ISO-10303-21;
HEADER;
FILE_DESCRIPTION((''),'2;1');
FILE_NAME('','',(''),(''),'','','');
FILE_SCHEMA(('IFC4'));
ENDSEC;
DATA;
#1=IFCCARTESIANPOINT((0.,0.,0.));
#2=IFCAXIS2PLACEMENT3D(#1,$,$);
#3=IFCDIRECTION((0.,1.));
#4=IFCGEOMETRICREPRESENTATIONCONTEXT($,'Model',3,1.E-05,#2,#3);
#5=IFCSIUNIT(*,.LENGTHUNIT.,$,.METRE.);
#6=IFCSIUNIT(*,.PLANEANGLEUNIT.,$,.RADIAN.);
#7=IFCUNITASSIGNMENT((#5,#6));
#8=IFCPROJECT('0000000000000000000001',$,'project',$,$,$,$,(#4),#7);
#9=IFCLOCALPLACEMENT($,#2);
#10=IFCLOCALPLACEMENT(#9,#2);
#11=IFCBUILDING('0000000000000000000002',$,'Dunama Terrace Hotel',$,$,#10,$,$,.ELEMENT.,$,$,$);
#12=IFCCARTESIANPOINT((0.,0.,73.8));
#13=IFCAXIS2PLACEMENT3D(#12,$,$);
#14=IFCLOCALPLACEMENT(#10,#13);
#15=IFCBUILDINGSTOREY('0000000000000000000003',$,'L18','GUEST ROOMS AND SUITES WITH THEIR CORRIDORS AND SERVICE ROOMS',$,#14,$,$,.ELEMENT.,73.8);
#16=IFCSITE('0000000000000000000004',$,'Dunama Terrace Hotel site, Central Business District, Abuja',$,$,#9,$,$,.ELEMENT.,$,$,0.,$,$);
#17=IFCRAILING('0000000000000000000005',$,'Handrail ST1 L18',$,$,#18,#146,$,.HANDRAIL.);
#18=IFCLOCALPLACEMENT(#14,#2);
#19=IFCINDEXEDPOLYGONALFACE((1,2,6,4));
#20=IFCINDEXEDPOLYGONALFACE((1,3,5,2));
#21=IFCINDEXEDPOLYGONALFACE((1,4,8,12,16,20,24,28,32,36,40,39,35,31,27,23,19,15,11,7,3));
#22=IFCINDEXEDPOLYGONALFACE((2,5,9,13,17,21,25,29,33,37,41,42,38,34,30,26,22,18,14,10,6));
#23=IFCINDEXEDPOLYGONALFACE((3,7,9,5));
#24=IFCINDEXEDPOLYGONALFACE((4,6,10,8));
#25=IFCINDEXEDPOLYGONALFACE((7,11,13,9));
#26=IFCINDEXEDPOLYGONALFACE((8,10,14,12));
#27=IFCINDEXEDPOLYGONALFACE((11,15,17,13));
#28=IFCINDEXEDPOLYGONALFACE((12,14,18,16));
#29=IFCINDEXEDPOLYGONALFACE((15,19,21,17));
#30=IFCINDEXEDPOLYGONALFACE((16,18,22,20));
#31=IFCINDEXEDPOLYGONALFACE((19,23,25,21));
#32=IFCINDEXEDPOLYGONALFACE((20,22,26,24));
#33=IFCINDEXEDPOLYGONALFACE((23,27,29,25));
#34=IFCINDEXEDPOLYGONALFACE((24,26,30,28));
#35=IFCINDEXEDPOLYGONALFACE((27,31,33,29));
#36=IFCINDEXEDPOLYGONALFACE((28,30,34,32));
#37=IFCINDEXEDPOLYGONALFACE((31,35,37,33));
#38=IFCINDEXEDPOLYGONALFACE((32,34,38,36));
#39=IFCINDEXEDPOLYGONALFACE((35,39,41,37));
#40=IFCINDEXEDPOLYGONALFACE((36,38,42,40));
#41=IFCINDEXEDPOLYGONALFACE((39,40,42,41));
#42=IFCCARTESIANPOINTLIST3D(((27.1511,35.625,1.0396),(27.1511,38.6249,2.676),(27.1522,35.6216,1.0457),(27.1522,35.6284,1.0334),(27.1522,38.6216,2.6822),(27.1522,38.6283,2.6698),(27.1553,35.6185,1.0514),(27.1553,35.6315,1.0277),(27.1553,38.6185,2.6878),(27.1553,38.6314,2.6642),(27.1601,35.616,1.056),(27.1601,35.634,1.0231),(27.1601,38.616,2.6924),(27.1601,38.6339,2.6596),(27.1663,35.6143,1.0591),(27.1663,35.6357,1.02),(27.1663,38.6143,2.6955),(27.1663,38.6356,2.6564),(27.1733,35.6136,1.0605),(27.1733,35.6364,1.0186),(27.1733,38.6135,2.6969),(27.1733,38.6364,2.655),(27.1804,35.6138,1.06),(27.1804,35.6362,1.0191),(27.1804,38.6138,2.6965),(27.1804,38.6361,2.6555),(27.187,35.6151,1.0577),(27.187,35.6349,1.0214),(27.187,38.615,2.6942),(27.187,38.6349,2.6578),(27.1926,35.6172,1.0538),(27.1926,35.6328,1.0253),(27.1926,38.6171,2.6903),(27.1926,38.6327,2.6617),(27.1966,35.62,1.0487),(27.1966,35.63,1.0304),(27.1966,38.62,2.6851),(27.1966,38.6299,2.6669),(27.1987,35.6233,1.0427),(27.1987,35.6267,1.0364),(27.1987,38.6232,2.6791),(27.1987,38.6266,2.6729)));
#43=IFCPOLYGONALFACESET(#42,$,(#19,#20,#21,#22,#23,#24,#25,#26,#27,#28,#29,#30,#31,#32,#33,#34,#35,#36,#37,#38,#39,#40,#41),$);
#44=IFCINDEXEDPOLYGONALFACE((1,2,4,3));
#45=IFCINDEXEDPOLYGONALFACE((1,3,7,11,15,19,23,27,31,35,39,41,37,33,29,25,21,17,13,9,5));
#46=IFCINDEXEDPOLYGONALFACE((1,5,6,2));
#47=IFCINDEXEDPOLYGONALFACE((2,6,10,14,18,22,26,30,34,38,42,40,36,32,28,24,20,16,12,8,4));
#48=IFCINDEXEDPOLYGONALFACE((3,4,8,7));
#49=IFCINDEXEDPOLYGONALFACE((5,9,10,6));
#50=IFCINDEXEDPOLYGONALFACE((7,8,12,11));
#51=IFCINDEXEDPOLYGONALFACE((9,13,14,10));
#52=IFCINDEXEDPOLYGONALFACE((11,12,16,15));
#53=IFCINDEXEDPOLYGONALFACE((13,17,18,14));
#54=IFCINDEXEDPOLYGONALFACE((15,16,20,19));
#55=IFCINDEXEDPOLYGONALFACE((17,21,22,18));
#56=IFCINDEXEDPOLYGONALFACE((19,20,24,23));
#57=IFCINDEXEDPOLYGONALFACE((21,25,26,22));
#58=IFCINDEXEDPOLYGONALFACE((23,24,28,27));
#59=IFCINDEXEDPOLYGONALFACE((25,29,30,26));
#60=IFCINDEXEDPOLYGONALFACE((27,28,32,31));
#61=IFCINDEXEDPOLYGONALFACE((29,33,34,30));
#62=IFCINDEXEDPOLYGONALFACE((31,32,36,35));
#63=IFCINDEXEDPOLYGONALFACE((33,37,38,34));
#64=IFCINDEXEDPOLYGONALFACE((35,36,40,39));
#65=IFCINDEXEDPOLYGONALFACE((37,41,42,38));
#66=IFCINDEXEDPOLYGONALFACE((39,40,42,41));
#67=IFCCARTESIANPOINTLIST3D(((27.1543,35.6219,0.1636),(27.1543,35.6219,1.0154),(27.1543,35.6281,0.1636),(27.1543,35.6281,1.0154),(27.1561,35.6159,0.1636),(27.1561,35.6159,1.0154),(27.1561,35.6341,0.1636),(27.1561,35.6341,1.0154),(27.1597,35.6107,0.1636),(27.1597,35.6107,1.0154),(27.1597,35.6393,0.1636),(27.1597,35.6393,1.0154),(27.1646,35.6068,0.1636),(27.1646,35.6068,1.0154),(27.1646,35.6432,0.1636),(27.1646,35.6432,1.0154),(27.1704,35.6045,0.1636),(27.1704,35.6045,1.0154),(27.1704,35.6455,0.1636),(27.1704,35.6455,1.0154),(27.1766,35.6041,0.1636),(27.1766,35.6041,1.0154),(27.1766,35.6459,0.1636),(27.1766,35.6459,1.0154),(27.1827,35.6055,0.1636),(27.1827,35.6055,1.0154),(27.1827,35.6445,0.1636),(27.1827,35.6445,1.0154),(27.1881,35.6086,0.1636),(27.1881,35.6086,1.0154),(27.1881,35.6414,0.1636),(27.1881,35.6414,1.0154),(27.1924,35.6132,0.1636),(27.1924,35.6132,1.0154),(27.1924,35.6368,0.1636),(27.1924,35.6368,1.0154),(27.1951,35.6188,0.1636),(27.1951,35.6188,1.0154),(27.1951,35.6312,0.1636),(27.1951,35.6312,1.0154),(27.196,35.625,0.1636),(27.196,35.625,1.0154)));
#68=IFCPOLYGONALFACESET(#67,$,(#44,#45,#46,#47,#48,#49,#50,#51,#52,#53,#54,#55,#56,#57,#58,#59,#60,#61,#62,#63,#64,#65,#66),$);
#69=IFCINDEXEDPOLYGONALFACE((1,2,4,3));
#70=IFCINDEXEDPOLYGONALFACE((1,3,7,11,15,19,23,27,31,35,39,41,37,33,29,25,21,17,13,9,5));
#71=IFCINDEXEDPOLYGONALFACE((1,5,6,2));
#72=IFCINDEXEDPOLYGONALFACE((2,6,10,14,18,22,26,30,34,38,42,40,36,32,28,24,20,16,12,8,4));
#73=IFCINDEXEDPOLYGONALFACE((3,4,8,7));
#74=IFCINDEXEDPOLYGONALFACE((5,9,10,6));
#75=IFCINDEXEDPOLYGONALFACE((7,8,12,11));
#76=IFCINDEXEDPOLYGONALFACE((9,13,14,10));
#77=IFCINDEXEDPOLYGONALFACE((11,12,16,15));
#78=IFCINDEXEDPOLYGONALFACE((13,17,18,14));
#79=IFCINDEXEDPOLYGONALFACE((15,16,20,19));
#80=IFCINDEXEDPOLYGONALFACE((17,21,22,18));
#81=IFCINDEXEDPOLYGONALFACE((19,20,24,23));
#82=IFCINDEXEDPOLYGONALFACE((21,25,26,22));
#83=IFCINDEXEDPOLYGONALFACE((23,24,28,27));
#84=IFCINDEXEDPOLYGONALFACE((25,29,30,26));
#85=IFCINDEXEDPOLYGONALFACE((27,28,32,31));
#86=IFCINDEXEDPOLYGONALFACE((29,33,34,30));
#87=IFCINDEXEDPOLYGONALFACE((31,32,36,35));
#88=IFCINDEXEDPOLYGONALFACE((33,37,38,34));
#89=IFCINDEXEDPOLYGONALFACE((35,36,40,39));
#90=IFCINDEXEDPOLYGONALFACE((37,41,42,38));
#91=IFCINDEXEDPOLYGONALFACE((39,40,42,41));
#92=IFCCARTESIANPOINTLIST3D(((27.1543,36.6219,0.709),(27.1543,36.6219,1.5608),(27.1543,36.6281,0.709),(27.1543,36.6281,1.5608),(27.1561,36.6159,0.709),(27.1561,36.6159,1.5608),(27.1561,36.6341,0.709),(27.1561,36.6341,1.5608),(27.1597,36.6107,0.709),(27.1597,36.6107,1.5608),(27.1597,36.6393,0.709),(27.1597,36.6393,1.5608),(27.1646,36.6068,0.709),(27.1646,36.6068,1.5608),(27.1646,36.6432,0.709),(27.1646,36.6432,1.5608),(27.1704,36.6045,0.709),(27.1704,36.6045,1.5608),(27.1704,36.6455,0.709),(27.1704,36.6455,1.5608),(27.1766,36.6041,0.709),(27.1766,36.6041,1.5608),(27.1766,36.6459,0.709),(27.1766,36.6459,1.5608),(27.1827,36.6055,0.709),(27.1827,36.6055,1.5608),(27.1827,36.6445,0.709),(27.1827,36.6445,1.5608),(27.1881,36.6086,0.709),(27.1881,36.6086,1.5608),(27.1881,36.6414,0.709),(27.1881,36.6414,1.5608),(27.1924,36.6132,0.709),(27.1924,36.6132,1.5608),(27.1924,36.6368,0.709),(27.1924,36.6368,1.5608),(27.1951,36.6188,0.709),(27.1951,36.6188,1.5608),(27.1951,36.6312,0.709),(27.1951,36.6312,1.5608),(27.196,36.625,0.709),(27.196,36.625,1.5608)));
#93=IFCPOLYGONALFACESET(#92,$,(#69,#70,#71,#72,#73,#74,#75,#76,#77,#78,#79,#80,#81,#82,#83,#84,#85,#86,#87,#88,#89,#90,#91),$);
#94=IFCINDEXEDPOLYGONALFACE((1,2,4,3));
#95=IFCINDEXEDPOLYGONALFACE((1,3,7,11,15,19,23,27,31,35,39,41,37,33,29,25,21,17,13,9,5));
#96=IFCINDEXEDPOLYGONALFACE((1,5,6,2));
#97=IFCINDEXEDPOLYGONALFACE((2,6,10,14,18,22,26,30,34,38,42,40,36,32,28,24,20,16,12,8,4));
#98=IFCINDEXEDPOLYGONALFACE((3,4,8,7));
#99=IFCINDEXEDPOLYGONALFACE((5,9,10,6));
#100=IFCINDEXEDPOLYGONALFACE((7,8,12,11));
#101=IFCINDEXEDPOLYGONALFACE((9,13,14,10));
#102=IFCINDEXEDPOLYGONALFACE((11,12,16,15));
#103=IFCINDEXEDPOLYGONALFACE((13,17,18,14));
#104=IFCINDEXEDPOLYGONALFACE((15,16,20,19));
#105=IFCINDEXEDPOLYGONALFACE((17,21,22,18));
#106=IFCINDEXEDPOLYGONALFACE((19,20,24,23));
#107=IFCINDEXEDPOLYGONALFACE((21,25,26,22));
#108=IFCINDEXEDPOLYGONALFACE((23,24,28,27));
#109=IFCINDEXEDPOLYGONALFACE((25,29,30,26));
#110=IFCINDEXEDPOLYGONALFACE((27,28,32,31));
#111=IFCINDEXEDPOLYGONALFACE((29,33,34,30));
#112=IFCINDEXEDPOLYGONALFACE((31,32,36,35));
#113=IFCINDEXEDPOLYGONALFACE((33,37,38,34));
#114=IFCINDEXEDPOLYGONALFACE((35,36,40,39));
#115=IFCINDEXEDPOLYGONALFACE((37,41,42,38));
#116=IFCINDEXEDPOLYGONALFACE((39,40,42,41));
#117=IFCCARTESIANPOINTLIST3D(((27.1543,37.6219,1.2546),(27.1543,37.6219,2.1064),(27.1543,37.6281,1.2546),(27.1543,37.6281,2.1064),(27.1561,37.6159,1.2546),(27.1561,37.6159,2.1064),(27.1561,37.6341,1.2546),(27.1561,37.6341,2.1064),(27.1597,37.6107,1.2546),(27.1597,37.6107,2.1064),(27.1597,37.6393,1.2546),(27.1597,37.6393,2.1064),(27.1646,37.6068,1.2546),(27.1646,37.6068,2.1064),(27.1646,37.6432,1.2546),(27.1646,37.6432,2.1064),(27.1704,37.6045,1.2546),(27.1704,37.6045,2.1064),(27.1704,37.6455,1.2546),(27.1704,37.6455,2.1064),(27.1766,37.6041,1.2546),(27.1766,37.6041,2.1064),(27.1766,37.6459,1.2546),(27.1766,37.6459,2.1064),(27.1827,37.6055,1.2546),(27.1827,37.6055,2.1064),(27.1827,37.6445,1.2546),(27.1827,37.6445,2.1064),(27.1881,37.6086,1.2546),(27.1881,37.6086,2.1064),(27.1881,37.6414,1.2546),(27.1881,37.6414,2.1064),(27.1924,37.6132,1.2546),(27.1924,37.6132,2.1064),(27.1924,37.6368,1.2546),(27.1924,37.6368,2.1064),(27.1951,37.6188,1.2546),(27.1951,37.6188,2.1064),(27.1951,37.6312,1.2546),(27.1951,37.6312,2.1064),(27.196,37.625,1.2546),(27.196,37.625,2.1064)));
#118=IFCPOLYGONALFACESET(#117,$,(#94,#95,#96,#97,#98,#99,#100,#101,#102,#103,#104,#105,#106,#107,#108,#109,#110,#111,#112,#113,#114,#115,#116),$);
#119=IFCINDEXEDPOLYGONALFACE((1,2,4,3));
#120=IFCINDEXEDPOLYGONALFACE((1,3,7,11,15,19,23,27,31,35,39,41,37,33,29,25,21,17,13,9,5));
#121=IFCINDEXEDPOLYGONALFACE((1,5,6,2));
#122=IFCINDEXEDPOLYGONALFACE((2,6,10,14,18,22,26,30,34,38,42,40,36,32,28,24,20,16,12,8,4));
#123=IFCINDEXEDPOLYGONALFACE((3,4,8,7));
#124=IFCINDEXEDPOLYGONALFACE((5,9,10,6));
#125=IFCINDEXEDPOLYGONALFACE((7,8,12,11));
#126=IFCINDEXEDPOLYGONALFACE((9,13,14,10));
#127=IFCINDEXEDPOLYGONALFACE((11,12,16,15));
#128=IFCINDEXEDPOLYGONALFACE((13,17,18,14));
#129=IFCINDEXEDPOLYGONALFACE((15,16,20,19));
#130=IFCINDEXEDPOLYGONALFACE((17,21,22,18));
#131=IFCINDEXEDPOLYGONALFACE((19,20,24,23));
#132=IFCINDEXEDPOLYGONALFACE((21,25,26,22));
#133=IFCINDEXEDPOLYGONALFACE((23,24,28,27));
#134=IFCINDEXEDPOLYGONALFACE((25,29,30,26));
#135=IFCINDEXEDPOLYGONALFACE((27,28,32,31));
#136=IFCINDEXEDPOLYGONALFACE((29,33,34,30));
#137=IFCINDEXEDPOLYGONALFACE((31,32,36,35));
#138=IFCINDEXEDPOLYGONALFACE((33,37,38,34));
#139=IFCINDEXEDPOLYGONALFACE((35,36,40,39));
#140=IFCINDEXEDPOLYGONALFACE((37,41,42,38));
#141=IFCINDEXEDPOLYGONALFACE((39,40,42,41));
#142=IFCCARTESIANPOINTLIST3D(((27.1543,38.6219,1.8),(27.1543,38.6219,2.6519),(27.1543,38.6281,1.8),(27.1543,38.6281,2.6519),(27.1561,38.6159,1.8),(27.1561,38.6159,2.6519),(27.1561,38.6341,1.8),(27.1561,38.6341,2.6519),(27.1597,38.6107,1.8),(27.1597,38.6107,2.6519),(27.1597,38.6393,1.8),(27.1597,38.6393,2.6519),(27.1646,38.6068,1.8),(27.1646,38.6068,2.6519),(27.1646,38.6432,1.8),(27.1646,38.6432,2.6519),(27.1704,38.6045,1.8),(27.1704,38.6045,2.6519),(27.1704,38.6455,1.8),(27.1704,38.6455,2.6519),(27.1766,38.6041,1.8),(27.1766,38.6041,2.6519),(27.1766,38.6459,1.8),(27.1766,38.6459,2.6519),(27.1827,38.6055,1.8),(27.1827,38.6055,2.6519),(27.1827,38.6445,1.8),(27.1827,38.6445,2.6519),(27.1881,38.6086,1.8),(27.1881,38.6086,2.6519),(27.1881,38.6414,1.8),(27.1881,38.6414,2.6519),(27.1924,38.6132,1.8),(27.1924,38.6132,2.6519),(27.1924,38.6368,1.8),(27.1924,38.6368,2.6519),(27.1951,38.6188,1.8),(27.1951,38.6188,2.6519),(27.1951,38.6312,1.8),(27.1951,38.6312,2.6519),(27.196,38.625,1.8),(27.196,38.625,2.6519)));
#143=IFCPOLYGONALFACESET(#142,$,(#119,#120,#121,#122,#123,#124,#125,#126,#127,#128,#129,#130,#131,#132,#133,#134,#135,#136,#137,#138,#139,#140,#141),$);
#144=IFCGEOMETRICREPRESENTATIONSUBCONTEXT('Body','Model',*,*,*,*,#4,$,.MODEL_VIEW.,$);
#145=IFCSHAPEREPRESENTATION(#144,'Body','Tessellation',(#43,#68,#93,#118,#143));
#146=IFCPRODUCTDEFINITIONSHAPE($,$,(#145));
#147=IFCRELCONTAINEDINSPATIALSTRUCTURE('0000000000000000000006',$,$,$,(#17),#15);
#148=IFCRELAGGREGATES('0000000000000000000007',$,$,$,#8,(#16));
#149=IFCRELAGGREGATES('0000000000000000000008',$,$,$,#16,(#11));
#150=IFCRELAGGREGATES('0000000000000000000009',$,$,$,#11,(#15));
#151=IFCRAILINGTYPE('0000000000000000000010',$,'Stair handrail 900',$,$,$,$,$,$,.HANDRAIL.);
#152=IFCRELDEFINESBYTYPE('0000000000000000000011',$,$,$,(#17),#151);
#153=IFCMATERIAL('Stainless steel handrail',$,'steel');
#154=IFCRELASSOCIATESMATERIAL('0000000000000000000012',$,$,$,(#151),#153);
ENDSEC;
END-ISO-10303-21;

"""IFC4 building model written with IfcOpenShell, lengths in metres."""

from ifc_helpers import new_model, si_unit, direction, frame, origin, origin_2d, place, context, subcontext, project, spatial, circle, extrude, material, type_object, element, save


model = new_model("IFC4")

# Units and contexts
model_context = context("Model", 3, precision=1e-05, world=origin(), true_north=direction((0.0, 1.0)))
body_context = subcontext(model_context, "Body", "Model", "MODEL_VIEW")
ifc_project = project(units=[si_unit("LENGTHUNIT", "METRE"), si_unit("PLANEANGLEUNIT", "RADIAN")], contexts=[model_context])

# Site, building, storey
site_placement = place(None, origin())
site = spatial("IfcSite", under=ifc_project, at=site_placement, Name="Dunama Terrace Hotel site, Central Business District, Abuja", CompositionType="ELEMENT", RefElevation=0.0)
building_placement = place(site_placement, origin())
building = spatial("IfcBuilding", under=site, at=building_placement, Name="Dunama Terrace Hotel", CompositionType="ELEMENT")
storey_placement = place(building_placement, frame((0.0, 0.0, 73.8)))
storey = spatial("IfcBuildingStorey", under=building, at=storey_placement, Name="L18", Description="GUEST ROOMS AND SUITES WITH THEIR CORRIDORS AND SERVICE ROOMS", CompositionType="ELEMENT", Elevation=73.8)

# Railing
ifc_material_1 = material(Name="Stainless steel handrail", Category="steel")
railing_type = type_object("IfcRailingType", Name="Stair handrail 900", PredefinedType="HANDRAIL", material=ifc_material_1)
railing_1_placement = place(storey_placement, frame((27.175, 35.625, 0.1636)))
element("IfcRailing", 1, at=railing_1_placement, inside=storey, type_object=railing_type, Name="Handrail ST1 L18", PredefinedType="HANDRAIL", context=body_context, shape_type="SweptSolid", body=[
    extrude(circle(Radius=0.0239, at=origin_2d()), frame((0.0, 0.0, 0.876), z_axis=(0.0, 0.877882, 0.478877), x_axis=(-1.0, 0.0, 0.0)), (0.0, 0.0, 1.0), 3.4172),
    extrude(circle(Radius=0.021, at=origin_2d()), origin(), (0.0, 0.0, 1.0), 0.8518),
    extrude(circle(Radius=0.021, at=origin_2d()), frame((0.0, 1.0, 0.5454)), (0.0, 0.0, 1.0), 0.8518),
    extrude(circle(Radius=0.021, at=origin_2d()), frame((0.0, 2.0, 1.0911)), (0.0, 0.0, 1.0), 0.8518),
    extrude(circle(Radius=0.021, at=origin_2d()), frame((0.0, 3.0, 1.6365)), (0.0, 0.0, 1.0), 0.8518),
])

save(model, "model.ifc")
